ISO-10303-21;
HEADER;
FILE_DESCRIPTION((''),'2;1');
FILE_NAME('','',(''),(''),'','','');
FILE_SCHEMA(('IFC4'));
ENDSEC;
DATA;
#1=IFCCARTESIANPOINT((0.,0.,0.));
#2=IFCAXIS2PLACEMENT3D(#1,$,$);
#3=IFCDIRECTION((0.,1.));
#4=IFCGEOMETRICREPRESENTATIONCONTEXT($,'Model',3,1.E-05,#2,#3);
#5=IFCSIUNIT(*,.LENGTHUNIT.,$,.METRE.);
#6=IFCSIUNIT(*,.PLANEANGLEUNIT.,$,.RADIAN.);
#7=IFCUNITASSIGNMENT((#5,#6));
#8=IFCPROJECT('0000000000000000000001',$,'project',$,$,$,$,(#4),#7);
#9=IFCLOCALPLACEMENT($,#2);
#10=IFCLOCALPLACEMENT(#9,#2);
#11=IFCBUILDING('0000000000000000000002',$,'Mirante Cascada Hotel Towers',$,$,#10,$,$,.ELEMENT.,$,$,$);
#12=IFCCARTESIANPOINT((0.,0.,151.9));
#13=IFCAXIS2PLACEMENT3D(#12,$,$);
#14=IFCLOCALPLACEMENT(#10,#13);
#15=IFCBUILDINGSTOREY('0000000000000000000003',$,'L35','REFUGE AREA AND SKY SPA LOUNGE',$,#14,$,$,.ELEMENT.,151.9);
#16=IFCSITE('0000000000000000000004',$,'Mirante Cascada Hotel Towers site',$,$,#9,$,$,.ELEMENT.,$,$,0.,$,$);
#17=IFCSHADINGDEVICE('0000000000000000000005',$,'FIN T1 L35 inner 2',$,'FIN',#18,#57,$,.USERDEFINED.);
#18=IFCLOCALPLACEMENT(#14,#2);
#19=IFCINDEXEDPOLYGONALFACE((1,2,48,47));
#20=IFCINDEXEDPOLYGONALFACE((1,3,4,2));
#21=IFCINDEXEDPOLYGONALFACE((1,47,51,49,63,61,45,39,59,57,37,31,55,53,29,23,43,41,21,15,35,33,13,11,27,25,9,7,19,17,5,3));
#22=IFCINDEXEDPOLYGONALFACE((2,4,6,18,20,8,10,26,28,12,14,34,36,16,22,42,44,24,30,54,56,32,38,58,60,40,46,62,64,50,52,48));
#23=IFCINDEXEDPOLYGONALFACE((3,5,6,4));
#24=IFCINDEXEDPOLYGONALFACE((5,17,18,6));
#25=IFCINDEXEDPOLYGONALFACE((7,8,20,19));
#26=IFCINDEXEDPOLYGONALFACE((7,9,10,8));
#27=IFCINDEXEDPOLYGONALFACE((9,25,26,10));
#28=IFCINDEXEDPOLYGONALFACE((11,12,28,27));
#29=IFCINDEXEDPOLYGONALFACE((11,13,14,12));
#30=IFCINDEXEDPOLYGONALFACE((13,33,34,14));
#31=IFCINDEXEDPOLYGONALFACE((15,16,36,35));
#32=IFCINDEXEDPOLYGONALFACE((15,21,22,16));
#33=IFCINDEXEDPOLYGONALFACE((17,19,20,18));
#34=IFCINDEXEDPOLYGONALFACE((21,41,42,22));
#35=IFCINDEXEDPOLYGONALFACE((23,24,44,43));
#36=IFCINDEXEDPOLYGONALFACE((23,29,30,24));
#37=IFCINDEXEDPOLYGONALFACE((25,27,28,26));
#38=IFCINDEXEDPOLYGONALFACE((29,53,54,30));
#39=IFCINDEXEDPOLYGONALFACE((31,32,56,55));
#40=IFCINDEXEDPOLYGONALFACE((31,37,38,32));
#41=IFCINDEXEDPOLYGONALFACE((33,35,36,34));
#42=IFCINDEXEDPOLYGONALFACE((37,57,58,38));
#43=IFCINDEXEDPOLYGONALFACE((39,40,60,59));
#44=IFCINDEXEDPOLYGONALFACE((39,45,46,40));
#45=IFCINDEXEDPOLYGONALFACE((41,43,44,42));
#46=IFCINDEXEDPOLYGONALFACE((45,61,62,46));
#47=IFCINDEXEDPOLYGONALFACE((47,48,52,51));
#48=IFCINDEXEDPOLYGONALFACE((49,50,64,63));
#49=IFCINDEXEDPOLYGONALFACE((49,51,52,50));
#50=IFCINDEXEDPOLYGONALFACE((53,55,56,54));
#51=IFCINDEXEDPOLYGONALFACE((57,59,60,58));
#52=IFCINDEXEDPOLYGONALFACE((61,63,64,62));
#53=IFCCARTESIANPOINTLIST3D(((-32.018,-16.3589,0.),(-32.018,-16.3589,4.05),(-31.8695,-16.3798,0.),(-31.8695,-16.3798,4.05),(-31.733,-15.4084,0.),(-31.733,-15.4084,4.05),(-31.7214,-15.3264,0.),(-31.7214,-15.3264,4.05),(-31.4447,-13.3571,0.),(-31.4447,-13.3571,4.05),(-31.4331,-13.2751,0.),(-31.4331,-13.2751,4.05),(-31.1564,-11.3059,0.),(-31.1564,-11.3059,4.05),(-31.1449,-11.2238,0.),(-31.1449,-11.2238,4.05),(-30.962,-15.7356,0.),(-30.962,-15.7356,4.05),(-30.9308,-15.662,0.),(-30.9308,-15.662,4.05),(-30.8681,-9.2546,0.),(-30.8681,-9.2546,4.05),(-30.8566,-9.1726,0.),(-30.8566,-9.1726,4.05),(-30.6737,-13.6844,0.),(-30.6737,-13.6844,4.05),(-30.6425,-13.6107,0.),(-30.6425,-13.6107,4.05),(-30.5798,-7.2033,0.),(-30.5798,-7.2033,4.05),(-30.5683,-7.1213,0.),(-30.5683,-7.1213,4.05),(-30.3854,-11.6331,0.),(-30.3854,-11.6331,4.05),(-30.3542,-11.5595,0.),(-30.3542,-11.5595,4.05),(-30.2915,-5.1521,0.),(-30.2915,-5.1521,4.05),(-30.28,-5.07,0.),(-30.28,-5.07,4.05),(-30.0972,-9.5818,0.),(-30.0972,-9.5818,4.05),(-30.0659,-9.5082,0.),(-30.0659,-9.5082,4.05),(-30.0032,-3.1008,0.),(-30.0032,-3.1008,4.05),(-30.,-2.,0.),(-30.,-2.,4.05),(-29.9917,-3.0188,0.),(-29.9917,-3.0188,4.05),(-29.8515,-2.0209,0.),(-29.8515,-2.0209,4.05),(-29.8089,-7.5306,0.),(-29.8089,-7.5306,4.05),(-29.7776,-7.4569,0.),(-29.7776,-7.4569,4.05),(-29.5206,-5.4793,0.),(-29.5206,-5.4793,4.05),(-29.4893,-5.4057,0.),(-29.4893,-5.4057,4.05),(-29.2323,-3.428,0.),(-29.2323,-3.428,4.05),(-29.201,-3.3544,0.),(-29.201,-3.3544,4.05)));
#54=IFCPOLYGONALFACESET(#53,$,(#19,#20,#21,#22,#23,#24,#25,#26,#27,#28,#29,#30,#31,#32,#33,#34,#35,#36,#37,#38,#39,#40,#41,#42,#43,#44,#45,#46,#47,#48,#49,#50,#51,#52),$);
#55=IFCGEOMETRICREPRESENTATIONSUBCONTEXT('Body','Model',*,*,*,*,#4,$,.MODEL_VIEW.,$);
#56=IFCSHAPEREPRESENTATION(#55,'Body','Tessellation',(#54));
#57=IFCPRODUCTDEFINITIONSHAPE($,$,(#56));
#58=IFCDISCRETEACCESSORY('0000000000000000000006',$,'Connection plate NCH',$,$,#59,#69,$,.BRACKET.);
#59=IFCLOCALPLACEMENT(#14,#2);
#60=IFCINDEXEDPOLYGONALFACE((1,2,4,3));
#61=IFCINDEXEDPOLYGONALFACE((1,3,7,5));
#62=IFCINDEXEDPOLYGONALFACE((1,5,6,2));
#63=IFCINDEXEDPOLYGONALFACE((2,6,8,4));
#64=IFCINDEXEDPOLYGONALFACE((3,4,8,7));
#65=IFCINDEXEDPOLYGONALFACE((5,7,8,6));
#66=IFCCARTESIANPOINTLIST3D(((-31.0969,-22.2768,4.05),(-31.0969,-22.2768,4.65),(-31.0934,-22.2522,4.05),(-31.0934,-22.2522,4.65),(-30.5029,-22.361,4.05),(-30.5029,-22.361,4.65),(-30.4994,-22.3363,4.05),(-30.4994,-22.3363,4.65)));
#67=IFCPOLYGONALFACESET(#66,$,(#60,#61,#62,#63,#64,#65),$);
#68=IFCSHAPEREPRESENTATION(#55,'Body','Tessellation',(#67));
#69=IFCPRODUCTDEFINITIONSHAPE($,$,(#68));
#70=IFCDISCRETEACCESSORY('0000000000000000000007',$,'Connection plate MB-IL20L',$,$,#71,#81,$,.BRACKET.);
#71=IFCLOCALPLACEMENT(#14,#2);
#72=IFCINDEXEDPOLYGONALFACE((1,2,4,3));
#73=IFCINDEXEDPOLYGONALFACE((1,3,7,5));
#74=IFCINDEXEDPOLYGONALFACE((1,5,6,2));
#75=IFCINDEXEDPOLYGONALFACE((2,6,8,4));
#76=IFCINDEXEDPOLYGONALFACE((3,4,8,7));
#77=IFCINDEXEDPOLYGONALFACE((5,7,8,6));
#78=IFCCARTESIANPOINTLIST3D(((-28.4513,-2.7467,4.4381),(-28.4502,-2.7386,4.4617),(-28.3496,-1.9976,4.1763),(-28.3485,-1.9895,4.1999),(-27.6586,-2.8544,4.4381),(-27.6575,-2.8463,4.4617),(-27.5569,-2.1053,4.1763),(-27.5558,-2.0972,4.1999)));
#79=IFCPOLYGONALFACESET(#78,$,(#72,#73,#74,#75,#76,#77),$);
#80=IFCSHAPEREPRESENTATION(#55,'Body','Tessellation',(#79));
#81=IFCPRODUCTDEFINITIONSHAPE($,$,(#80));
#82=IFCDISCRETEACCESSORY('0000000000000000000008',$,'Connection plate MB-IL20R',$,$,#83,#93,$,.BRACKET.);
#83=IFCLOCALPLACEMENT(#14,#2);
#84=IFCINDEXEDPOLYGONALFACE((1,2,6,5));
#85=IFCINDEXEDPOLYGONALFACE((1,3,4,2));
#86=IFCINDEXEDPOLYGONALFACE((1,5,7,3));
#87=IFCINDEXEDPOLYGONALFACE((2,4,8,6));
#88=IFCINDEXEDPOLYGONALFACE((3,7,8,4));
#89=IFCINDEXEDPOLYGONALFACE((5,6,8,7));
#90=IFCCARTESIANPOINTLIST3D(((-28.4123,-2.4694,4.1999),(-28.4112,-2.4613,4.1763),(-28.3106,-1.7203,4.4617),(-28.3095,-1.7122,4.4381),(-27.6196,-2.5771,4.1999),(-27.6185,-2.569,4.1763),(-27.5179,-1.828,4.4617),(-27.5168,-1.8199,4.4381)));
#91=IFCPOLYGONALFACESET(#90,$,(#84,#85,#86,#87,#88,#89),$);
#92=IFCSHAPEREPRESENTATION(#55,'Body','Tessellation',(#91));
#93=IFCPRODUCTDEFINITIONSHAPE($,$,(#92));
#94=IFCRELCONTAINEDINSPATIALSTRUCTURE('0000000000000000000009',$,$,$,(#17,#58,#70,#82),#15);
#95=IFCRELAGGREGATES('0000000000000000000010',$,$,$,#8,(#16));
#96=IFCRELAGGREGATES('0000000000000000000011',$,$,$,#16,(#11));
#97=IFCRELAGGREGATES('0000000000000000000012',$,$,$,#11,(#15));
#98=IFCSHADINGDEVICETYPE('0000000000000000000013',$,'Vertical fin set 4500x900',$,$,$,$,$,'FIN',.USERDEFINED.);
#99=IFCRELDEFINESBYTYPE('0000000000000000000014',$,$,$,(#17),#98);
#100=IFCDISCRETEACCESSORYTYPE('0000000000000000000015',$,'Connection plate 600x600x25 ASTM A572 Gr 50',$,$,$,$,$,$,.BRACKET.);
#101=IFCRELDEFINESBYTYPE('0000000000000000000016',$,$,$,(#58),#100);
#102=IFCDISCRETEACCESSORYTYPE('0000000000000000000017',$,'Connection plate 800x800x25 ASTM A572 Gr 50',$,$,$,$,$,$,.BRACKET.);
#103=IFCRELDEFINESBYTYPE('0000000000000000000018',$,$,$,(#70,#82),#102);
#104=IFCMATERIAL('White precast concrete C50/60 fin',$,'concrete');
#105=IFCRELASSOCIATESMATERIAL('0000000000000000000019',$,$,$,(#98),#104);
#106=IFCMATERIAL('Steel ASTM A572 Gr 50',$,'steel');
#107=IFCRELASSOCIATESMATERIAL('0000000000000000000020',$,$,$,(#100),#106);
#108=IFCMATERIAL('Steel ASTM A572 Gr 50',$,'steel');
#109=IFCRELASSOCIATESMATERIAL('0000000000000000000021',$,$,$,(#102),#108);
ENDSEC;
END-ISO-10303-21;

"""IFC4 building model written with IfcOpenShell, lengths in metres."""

from ifc_helpers import new_model, si_unit, direction, frame, origin, origin_2d, place, context, subcontext, project, spatial, polyline, rectangle, outline, extrude, material, material_profile, profile_set, type_object, element, save


model = new_model("IFC4")

# Units and contexts
model_context = context("Model", 3, precision=1e-05, world=origin(), true_north=direction((0.0, 1.0)))
body_context = subcontext(model_context, "Body", "Model", "MODEL_VIEW")
ifc_project = project(units=[si_unit("LENGTHUNIT", "METRE"), si_unit("PLANEANGLEUNIT", "RADIAN")], contexts=[model_context])

# Site, building, storey
site_placement = place(None, origin())
site = spatial("IfcSite", under=ifc_project, at=site_placement, Name="Mirante Cascada Hotel Towers site", CompositionType="ELEMENT", RefElevation=0.0)
building_placement = place(site_placement, origin())
building = spatial("IfcBuilding", under=site, at=building_placement, Name="Mirante Cascada Hotel Towers", CompositionType="ELEMENT")
storey_placement = place(building_placement, frame((0.0, 0.0, 151.9)))
storey = spatial("IfcBuildingStorey", under=building, at=storey_placement, Name="L35", Description="REFUGE AREA AND SKY SPA LOUNGE", CompositionType="ELEMENT", Elevation=151.9)

# Shading device
ifc_material_1 = material(Name="White precast concrete C50/60 fin", Category="concrete")
shading_device_type = type_object("IfcShadingDeviceType", Name="Vertical fin set 4500x900", ElementType="FIN", PredefinedType="USERDEFINED", material=ifc_material_1)
shading_device_1_placement = place(storey_placement, origin())
element("IfcShadingDevice", 1, at=shading_device_1_placement, inside=storey, type_object=shading_device_type, Name="FIN T1 L35 inner 2", ObjectType="FIN", PredefinedType="USERDEFINED", context=body_context, shape_type="SweptSolid", body=[
    extrude(outline(polyline([(-31.733, -15.4084), (-31.8695, -16.3798), (-32.018, -16.3589), (-30.0, -2.0), (-29.8515, -2.0209), (-29.9917, -3.0188), (-29.201, -3.3544), (-29.2323, -3.428), (-30.0032, -3.1008), (-30.28, -5.07), (-29.4893, -5.4057), (-29.5206, -5.4793), (-30.2915, -5.1521), (-30.5683, -7.1213), (-29.7776, -7.4569), (-29.8089, -7.5306), (-30.5798, -7.2033), (-30.8566, -9.1726), (-30.0659, -9.5082), (-30.0972, -9.5818), (-30.8681, -9.2546), (-31.1449, -11.2238), (-30.3542, -11.5595), (-30.3854, -11.6331), (-31.1564, -11.3059), (-31.4331, -13.2751), (-30.6425, -13.6107), (-30.6737, -13.6844), (-31.4447, -13.3571), (-31.7214, -15.3264), (-30.9308, -15.662), (-30.962, -15.7356), (-31.733, -15.4084)])), origin(), (0.0, 0.0, 1.0), 4.05),
])

# Discrete accessories
ifc_material_2 = material(Name="Steel ASTM A572 Gr 50", Category="steel")
ifc_material_profile_1 = material_profile(ifc_material_2, rectangle(XDim=0.6, YDim=0.6, at=origin_2d()), Name="Connection plate 600x600x25 ASTM A572 Gr 50")
ifc_profile_set_1 = profile_set([ifc_material_profile_1], Name="Steel ASTM A572 Gr 50")
discrete_accessory_type_1 = type_object("IfcDiscreteAccessoryType", Name="Connection plate 600x600x25 ASTM A572 Gr 50", PredefinedType="BRACKET", material=ifc_profile_set_1)
discrete_accessory_placement = place(storey_placement, frame((-30.7999, -22.3189, 4.35), z_axis=(0.140299, 0.990109, 0.0), x_axis=(-0.990109, 0.140299, 0.0)))
element("IfcDiscreteAccessory", 2, at=discrete_accessory_placement, inside=storey, type_object=discrete_accessory_type_1, Name="Connection plate NCH", PredefinedType="BRACKET", context=body_context, shape_type="SweptSolid", body=[
    extrude(rectangle(XDim=0.6, YDim=0.6, at=origin_2d()), origin(), (0.0, 0.0, 1.0), 0.0249),
])
ifc_material_3 = material(Name="Steel ASTM A572 Gr 50", Category="steel")
ifc_material_profile_2 = material_profile(ifc_material_3, rectangle(XDim=0.8, YDim=0.8, at=origin_2d()), Name="Connection plate 800x800x25 ASTM A572 Gr 50")
ifc_profile_set_2 = profile_set([ifc_material_profile_2], Name="Steel ASTM A572 Gr 50")
discrete_accessory_type_2 = type_object("IfcDiscreteAccessoryType", Name="Connection plate 800x800x25 ASTM A572 Gr 50", PredefinedType="BRACKET", material=ifc_profile_set_2)
for number, where, z_axis, x_axis, name in (
    (3, (-28.0041, -2.426, 4.3072), (0.044043, 0.324317, 0.944923), (-0.990904, 0.134567, 0.0), "Connection plate MB-IL20L"),
    (4, (-27.964, -2.1406, 4.3072), (-0.044043, -0.324317, 0.944923), (0.990904, -0.134567, 0.0), "Connection plate MB-IL20R"),
):
    element("IfcDiscreteAccessory", number, at=place(storey_placement, frame(where, z_axis=z_axis, x_axis=x_axis)), inside=storey, type_object=discrete_accessory_type_2, Name=name, PredefinedType="BRACKET", context=body_context, shape_type="SweptSolid", body=[
        extrude(rectangle(XDim=0.8, YDim=0.8, at=origin_2d()), origin(), (0.0, 0.0, 1.0), 0.025),
    ])

save(model, "model.ifc")
